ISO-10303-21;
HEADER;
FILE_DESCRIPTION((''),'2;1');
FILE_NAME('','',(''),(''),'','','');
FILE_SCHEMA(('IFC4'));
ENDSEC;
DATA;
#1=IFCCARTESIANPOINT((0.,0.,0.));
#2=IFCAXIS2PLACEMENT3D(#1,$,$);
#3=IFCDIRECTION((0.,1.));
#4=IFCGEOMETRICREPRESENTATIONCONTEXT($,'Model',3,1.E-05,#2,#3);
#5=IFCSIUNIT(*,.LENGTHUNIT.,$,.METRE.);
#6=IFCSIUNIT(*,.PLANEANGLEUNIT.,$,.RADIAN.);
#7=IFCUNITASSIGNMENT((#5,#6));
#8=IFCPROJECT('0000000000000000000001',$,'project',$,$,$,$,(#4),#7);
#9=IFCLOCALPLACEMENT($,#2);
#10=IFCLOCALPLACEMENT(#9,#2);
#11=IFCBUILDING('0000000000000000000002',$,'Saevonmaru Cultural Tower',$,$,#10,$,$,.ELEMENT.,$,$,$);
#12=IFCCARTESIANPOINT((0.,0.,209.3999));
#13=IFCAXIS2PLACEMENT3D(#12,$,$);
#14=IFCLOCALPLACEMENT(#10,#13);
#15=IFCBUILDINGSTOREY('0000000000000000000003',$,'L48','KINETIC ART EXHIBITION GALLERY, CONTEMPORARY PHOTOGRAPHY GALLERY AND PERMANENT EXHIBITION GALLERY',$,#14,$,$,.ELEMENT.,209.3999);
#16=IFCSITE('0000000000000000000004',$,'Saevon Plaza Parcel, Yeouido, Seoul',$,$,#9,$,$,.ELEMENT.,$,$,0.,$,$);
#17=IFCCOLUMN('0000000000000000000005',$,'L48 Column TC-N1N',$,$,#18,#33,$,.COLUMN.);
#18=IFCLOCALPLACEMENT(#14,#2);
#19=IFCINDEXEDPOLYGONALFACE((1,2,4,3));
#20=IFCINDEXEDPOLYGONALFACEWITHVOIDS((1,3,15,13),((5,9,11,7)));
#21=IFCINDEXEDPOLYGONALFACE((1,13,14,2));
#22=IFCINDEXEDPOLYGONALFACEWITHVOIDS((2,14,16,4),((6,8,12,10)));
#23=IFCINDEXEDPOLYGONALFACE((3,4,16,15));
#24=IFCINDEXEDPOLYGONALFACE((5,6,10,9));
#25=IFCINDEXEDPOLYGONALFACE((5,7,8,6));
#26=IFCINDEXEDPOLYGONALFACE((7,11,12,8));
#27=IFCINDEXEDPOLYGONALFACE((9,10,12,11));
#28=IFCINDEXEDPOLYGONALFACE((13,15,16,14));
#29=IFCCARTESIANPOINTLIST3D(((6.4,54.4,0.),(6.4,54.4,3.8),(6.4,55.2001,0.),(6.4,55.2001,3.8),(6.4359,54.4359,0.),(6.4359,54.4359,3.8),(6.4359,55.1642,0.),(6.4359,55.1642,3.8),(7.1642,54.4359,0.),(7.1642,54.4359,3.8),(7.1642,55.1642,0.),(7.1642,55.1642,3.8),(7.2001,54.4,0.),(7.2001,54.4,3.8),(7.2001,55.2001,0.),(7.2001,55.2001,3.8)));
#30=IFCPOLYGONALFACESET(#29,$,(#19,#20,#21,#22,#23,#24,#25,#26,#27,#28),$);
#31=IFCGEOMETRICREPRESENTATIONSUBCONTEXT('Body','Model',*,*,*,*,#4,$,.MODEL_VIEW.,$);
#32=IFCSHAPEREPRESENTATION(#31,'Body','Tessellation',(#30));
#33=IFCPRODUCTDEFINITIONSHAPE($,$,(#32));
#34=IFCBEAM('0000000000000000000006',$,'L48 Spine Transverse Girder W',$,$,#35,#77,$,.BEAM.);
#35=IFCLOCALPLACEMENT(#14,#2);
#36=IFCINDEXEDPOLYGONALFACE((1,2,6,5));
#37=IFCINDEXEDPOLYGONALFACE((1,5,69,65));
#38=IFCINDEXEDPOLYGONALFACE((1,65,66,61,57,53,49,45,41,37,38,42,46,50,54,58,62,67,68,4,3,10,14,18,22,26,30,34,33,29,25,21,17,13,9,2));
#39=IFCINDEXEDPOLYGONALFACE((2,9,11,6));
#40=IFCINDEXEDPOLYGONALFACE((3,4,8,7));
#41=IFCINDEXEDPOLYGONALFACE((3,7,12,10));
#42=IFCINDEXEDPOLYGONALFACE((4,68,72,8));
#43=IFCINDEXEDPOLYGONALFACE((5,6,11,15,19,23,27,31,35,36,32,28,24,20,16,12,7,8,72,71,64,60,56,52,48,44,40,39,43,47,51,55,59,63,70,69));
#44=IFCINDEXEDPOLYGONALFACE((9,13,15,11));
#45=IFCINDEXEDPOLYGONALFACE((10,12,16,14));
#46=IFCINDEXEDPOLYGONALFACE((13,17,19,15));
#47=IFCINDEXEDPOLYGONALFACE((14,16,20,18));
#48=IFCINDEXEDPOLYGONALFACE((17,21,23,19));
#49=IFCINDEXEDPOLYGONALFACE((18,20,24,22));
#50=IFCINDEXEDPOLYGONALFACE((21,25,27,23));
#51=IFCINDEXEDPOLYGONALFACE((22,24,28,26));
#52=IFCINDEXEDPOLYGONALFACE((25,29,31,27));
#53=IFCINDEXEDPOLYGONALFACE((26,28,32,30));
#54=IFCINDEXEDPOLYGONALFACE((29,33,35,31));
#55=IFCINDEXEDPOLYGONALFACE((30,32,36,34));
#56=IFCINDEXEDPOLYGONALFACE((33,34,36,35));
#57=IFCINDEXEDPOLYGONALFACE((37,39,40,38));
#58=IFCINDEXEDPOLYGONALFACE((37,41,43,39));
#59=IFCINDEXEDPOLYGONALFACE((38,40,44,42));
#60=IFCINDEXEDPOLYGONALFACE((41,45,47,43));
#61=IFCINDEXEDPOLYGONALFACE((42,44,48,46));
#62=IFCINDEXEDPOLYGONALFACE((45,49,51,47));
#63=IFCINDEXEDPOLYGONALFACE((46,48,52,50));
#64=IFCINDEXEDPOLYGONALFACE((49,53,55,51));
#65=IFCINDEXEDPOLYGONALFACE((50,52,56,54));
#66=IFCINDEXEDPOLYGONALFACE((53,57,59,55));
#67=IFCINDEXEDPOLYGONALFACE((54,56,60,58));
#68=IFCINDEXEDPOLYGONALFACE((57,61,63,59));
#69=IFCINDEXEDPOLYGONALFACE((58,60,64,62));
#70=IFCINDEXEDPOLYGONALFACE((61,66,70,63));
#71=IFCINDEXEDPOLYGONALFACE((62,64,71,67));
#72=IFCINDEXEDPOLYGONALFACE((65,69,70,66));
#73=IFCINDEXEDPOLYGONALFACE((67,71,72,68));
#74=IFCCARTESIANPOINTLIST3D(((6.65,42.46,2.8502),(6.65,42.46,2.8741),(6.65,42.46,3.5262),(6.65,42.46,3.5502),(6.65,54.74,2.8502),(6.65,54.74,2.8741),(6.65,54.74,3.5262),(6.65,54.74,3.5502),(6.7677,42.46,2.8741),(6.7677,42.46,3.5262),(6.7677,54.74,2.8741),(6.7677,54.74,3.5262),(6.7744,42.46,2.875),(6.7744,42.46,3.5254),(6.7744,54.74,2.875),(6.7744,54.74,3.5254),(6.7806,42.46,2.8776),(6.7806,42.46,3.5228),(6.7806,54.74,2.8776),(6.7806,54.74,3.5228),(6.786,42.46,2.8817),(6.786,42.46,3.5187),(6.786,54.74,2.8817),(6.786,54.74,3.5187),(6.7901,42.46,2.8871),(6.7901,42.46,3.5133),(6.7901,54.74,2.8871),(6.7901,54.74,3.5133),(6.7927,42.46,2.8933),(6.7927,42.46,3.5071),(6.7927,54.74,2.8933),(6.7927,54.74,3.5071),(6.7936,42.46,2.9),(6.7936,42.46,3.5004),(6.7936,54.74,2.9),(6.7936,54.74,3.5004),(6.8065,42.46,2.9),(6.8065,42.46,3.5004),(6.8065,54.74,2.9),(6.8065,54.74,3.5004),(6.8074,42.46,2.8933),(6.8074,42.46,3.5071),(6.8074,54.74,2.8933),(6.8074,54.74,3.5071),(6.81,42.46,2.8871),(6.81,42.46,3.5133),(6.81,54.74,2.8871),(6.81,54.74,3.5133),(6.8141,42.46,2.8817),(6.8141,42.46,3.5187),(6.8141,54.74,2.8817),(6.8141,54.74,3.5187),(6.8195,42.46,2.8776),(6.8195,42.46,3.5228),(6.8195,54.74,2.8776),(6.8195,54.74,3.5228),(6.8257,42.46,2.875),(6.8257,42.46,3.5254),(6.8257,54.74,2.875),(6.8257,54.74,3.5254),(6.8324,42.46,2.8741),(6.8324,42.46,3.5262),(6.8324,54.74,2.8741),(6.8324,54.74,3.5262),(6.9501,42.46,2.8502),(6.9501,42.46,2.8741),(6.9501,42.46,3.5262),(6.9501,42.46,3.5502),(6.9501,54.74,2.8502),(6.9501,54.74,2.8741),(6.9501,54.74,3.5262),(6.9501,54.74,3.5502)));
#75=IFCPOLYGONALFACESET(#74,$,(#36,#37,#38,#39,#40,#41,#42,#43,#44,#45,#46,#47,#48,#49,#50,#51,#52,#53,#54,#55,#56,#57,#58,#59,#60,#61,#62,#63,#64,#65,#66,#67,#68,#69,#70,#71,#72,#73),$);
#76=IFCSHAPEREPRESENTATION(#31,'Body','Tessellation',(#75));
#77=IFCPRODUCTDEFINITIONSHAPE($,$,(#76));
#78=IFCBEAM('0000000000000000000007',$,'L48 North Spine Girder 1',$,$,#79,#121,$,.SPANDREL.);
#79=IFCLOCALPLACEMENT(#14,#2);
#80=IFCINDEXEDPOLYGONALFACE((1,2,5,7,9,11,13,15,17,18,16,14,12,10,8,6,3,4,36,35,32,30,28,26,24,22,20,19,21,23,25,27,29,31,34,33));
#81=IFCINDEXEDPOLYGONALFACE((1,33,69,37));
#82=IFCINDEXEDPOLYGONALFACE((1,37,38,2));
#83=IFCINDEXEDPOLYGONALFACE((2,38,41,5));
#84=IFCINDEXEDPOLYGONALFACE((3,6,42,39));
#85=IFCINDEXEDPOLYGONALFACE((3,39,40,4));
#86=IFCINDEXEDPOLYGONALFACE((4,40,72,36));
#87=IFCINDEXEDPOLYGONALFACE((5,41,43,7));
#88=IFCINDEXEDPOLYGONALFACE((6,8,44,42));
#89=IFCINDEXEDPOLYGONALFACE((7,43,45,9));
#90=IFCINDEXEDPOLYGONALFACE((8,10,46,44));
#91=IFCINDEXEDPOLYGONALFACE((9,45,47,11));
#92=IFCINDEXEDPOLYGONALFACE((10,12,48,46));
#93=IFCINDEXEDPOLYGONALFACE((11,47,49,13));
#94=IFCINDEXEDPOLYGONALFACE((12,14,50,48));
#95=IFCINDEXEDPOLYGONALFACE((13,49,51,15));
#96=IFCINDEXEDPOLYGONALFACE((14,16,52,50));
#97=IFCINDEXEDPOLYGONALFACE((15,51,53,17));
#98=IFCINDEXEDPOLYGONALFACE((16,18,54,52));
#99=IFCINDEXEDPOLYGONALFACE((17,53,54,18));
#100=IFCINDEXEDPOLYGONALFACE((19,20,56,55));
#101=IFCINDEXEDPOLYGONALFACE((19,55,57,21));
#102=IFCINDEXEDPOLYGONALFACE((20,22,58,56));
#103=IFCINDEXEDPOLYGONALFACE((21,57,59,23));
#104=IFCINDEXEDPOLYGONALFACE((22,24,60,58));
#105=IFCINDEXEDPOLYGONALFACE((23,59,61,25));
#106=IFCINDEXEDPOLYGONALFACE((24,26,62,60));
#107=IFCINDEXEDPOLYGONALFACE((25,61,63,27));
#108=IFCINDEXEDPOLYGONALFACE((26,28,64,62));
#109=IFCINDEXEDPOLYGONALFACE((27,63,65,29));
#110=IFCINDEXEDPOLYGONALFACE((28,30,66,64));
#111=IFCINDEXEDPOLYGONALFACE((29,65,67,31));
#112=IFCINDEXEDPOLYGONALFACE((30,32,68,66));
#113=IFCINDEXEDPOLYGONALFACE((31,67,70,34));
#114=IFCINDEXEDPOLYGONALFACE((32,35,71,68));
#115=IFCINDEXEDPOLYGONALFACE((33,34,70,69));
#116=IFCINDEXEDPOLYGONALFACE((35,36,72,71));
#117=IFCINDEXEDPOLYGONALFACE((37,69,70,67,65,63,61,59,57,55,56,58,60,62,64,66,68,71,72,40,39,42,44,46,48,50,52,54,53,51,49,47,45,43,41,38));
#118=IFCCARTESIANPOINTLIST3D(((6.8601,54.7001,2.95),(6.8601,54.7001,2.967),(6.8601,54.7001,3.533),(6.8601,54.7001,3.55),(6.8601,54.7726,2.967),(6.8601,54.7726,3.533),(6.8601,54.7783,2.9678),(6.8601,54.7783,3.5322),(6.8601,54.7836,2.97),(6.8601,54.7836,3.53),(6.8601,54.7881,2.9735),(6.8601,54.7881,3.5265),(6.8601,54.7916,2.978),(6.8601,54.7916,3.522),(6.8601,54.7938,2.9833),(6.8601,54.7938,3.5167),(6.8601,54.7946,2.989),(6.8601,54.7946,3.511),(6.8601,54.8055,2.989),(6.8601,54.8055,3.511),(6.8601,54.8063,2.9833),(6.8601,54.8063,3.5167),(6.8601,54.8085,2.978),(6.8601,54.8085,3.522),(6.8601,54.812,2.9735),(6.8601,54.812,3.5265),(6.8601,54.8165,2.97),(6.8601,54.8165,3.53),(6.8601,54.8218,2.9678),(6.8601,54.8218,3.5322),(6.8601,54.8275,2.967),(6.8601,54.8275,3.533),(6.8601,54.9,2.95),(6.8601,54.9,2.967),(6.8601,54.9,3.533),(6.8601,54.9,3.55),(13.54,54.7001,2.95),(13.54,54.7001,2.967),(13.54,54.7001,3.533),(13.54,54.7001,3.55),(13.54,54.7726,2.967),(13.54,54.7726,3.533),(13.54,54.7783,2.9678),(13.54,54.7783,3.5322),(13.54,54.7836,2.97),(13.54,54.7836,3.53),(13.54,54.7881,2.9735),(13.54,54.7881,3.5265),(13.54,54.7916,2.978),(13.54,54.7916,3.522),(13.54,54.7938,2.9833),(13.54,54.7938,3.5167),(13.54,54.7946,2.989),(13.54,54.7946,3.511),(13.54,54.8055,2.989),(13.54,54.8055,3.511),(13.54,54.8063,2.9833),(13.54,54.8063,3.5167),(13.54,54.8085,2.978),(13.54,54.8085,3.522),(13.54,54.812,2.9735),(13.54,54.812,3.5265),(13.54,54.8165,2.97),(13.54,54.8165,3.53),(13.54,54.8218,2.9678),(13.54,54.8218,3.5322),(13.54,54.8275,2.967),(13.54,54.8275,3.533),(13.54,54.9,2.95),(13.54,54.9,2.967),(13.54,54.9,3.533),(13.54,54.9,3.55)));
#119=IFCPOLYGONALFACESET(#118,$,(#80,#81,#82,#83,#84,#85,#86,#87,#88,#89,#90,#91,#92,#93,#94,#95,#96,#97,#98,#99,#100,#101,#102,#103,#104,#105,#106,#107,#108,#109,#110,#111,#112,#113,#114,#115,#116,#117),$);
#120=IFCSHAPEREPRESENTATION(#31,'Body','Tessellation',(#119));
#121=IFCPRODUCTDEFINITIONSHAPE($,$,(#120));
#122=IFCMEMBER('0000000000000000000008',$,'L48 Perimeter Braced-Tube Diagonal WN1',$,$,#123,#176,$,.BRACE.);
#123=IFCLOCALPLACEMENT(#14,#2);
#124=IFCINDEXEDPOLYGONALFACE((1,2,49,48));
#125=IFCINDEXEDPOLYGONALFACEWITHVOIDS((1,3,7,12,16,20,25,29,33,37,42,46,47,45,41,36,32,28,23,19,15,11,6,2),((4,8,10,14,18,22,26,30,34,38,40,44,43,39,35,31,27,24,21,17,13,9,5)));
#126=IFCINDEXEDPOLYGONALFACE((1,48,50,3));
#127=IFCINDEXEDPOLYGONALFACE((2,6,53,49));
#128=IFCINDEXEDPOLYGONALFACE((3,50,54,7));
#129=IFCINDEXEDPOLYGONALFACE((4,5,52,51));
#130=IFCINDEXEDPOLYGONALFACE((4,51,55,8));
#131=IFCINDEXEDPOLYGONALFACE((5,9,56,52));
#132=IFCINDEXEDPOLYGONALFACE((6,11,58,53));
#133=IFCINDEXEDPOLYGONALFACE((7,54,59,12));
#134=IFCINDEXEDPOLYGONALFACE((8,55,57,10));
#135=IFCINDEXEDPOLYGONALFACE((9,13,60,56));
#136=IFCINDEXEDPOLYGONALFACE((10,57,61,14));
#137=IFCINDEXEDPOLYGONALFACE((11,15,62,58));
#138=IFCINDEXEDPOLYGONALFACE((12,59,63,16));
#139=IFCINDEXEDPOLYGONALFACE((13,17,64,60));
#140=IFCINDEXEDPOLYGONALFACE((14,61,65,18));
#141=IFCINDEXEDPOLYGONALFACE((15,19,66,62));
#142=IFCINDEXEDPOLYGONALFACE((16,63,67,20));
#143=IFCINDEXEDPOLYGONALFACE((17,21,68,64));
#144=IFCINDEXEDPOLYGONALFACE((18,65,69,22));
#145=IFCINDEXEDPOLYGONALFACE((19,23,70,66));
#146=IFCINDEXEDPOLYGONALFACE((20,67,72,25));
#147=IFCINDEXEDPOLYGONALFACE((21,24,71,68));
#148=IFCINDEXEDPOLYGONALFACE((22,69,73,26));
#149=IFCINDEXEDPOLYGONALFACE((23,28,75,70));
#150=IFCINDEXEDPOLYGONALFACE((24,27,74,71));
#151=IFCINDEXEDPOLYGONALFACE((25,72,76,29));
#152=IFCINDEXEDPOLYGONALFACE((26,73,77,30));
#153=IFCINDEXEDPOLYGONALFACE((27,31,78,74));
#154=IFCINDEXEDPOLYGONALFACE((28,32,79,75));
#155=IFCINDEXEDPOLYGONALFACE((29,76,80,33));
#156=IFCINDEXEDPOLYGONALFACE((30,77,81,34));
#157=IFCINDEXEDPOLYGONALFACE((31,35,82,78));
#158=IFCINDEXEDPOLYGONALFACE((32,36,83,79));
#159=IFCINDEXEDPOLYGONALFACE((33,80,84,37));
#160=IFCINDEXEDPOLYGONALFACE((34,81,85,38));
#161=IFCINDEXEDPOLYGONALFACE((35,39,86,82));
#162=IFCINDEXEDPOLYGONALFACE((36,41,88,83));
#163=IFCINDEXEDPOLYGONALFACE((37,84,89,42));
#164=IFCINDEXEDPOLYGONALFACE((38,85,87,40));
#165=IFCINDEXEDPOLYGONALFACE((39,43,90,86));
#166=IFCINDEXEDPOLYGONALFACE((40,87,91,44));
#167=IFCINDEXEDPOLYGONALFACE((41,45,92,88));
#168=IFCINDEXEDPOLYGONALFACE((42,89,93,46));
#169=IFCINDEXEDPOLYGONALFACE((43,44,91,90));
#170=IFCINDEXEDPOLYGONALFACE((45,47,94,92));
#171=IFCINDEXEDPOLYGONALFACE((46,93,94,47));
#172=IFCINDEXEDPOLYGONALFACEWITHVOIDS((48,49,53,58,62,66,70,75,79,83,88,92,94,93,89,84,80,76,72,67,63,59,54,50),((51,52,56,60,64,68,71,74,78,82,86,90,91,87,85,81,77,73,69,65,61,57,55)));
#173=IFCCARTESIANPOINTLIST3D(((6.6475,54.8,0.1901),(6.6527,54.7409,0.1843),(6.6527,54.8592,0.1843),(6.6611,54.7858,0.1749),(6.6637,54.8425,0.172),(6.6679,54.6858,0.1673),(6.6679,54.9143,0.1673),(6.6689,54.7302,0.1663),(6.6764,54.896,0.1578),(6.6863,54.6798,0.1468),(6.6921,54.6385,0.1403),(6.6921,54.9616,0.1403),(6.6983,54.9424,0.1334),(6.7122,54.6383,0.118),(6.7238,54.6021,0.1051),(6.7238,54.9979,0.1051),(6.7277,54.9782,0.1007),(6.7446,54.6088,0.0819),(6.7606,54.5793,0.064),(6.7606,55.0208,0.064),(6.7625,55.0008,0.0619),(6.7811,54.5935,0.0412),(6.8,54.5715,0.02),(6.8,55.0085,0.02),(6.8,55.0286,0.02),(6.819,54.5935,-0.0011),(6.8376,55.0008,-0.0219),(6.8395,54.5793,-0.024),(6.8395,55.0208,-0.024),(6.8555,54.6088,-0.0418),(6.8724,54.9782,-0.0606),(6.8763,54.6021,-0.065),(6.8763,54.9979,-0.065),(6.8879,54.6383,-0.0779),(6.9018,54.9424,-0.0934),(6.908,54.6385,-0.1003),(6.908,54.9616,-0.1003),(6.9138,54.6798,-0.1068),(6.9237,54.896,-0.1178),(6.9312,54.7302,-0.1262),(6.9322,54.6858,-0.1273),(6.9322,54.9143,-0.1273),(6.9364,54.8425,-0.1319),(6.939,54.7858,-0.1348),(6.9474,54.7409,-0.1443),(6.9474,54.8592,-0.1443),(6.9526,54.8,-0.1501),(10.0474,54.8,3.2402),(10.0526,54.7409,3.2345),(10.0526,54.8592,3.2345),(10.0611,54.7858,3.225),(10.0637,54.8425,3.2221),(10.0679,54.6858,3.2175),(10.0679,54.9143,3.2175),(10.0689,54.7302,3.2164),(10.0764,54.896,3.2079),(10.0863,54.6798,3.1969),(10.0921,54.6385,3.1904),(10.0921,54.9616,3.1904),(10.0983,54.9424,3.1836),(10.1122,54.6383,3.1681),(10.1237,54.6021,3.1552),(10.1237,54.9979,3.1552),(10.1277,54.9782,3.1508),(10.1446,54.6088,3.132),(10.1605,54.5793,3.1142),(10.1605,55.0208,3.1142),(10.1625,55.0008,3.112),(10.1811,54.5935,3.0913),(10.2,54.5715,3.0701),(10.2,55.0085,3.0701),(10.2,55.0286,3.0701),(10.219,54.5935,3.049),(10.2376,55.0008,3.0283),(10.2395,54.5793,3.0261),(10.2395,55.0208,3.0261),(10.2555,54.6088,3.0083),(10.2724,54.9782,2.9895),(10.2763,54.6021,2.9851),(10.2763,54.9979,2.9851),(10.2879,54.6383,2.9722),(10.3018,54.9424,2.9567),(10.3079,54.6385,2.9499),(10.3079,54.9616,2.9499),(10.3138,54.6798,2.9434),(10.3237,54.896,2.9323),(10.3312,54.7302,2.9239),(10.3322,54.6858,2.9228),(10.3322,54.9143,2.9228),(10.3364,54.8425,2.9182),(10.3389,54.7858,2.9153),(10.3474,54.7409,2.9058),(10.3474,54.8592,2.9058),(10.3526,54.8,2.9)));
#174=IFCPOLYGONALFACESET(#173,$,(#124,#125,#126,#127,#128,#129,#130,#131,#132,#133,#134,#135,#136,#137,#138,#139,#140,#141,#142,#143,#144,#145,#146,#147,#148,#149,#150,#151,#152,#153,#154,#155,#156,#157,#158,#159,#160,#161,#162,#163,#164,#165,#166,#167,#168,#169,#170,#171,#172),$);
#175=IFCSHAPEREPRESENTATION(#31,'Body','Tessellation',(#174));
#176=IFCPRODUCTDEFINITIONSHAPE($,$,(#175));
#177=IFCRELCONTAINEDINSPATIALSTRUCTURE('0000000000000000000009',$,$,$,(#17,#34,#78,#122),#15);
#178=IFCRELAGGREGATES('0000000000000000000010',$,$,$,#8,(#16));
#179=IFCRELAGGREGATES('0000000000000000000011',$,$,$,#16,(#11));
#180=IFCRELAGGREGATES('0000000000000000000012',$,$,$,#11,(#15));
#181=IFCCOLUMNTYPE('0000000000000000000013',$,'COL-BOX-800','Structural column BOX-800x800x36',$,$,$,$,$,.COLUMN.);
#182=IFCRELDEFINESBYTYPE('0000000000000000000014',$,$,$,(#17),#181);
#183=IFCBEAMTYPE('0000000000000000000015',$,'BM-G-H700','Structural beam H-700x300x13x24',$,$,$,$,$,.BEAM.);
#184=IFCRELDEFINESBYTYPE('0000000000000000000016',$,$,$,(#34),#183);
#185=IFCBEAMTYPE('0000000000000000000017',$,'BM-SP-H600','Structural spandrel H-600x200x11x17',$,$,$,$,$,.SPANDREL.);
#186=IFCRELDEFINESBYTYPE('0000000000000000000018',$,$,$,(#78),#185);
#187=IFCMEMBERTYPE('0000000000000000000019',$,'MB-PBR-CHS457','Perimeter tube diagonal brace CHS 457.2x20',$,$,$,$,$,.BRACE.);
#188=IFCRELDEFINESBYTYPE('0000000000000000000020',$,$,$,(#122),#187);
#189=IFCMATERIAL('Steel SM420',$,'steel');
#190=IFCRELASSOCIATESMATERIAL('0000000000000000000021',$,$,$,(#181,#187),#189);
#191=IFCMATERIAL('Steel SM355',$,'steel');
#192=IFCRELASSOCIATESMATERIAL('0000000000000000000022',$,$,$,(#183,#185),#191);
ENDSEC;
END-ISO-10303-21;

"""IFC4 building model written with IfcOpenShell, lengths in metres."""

from ifc_helpers import new_model, si_unit, direction, frame, origin, origin_2d, place, context, subcontext, project, spatial, hollow_rectangle, hollow_circle, i_section, extrude, material, material_profile, profile_set, type_object, element, save


model = new_model("IFC4")

# Units and contexts
model_context = context("Model", 3, precision=1e-05, world=origin(), true_north=direction((0.0, 1.0)))
body_context = subcontext(model_context, "Body", "Model", "MODEL_VIEW")
ifc_project = project(units=[si_unit("LENGTHUNIT", "METRE"), si_unit("PLANEANGLEUNIT", "RADIAN")], contexts=[model_context])

# Site, building, storey
site_placement = place(None, origin())
site = spatial("IfcSite", under=ifc_project, at=site_placement, Name="Saevon Plaza Parcel, Yeouido, Seoul", CompositionType="ELEMENT", RefElevation=0.0)
building_placement = place(site_placement, origin())
building = spatial("IfcBuilding", under=site, at=building_placement, Name="Saevonmaru Cultural Tower", CompositionType="ELEMENT")
storey_placement = place(building_placement, frame((0.0, 0.0, 209.3999)))
storey = spatial("IfcBuildingStorey", under=building, at=storey_placement, Name="L48", Description="KINETIC ART EXHIBITION GALLERY, CONTEMPORARY PHOTOGRAPHY GALLERY AND PERMANENT EXHIBITION GALLERY", CompositionType="ELEMENT", Elevation=209.3999)

# Column
ifc_material_1 = material(Name="Steel SM420", Category="steel")
ifc_material_profile_1 = material_profile(ifc_material_1, hollow_rectangle(XDim=0.8, YDim=0.8, WallThickness=0.0359, at=origin_2d()), Name="BOX-800x800x36")
ifc_profile_set_1 = profile_set([ifc_material_profile_1], Name="Steel SM420")
column_type = type_object("IfcColumnType", Name="COL-BOX-800", Description="Structural column BOX-800x800x36", PredefinedType="COLUMN", material=ifc_profile_set_1)
column_placement = place(storey_placement, frame((6.8, 54.8, 0.0), z_axis=(0.0, 0.0, 1.0), x_axis=(1.0, 0.0, 0.0)))
element("IfcColumn", 1, at=column_placement, inside=storey, type_object=column_type, Name="L48 Column TC-N1N", PredefinedType="COLUMN", context=body_context, shape_type="SweptSolid", body=[
    extrude(hollow_rectangle(XDim=0.8, YDim=0.8, WallThickness=0.0359, at=origin_2d()), origin(), (0.0, 0.0, 1.0), 3.8),
])

# Beams
ifc_material_2 = material(Name="Steel SM355", Category="steel")
ifc_material_profile_2 = material_profile(ifc_material_2, i_section(OverallWidth=0.3, OverallDepth=0.7, WebThickness=0.0129, FlangeThickness=0.0239, FilletRadius=0.0259, at=origin_2d()), Name="H-700x300x13x24")
ifc_profile_set_2 = profile_set([ifc_material_profile_2], Name="Steel SM355")
beam_type_1 = type_object("IfcBeamType", Name="BM-G-H700", Description="Structural beam H-700x300x13x24", PredefinedType="BEAM", material=ifc_profile_set_2)
beam_1_placement = place(storey_placement, frame((6.8, 54.74, 3.2002), z_axis=(0.0, -1.0, 0.0), x_axis=(1.0, 0.0, 0.0)))
element("IfcBeam", 2, at=beam_1_placement, inside=storey, type_object=beam_type_1, Name="L48 Spine Transverse Girder W", PredefinedType="BEAM", context=body_context, shape_type="SweptSolid", body=[
    extrude(i_section(OverallWidth=0.3, OverallDepth=0.7, WebThickness=0.0129, FlangeThickness=0.0239, FilletRadius=0.0259, at=origin_2d()), origin(), (0.0, 0.0, 1.0), 12.28),
])
ifc_material_profile_3 = material_profile(ifc_material_2, i_section(OverallWidth=0.2, OverallDepth=0.6001, WebThickness=0.011, FlangeThickness=0.0171, FilletRadius=0.022, at=origin_2d()), Name="H-600x200x11x17")
ifc_profile_set_3 = profile_set([ifc_material_profile_3], Name="Steel SM355")
beam_type_2 = type_object("IfcBeamType", Name="BM-SP-H600", Description="Structural spandrel H-600x200x11x17", PredefinedType="SPANDREL", material=ifc_profile_set_3)
beam_2_placement = place(storey_placement, frame((6.8601, 54.8, 3.25), z_axis=(1.0, 0.0, 0.0), x_axis=(0.0, 1.0, 0.0)))
element("IfcBeam", 3, at=beam_2_placement, inside=storey, type_object=beam_type_2, Name="L48 North Spine Girder 1", PredefinedType="SPANDREL", context=body_context, shape_type="SweptSolid", body=[
    extrude(i_section(OverallWidth=0.2, OverallDepth=0.6001, WebThickness=0.011, FlangeThickness=0.0171, FilletRadius=0.022, at=origin_2d()), origin(), (0.0, 0.0, 1.0), 6.6799),
])

# Member
ifc_material_profile_4 = material_profile(ifc_material_1, hollow_circle(Radius=0.2285, WallThickness=0.02, at=origin_2d()), Name="CHS-457.2x20")
ifc_profile_set_4 = profile_set([ifc_material_profile_4], Name="Steel SM420")
member_type_1 = type_object("IfcMemberType", Name="MB-PBR-CHS457", Description="Perimeter tube diagonal brace CHS 457.2x20", PredefinedType="BRACE", material=ifc_profile_set_4)
member_1_placement = place(storey_placement, frame((6.8, 54.8, 0.02), z_axis=(0.744367, 0.0, 0.667771), x_axis=(0.0, 1.0, 0.0)))
element("IfcMember", 4, at=member_1_placement, inside=storey, type_object=member_type_1, Name="L48 Perimeter Braced-Tube Diagonal WN1", PredefinedType="BRACE", context=body_context, shape_type="SweptSolid", body=[
    extrude(hollow_circle(Radius=0.2285, WallThickness=0.02, at=origin_2d()), origin(), (0.0, 0.0, 1.0), 4.5676),
])

save(model, "model.ifc")
